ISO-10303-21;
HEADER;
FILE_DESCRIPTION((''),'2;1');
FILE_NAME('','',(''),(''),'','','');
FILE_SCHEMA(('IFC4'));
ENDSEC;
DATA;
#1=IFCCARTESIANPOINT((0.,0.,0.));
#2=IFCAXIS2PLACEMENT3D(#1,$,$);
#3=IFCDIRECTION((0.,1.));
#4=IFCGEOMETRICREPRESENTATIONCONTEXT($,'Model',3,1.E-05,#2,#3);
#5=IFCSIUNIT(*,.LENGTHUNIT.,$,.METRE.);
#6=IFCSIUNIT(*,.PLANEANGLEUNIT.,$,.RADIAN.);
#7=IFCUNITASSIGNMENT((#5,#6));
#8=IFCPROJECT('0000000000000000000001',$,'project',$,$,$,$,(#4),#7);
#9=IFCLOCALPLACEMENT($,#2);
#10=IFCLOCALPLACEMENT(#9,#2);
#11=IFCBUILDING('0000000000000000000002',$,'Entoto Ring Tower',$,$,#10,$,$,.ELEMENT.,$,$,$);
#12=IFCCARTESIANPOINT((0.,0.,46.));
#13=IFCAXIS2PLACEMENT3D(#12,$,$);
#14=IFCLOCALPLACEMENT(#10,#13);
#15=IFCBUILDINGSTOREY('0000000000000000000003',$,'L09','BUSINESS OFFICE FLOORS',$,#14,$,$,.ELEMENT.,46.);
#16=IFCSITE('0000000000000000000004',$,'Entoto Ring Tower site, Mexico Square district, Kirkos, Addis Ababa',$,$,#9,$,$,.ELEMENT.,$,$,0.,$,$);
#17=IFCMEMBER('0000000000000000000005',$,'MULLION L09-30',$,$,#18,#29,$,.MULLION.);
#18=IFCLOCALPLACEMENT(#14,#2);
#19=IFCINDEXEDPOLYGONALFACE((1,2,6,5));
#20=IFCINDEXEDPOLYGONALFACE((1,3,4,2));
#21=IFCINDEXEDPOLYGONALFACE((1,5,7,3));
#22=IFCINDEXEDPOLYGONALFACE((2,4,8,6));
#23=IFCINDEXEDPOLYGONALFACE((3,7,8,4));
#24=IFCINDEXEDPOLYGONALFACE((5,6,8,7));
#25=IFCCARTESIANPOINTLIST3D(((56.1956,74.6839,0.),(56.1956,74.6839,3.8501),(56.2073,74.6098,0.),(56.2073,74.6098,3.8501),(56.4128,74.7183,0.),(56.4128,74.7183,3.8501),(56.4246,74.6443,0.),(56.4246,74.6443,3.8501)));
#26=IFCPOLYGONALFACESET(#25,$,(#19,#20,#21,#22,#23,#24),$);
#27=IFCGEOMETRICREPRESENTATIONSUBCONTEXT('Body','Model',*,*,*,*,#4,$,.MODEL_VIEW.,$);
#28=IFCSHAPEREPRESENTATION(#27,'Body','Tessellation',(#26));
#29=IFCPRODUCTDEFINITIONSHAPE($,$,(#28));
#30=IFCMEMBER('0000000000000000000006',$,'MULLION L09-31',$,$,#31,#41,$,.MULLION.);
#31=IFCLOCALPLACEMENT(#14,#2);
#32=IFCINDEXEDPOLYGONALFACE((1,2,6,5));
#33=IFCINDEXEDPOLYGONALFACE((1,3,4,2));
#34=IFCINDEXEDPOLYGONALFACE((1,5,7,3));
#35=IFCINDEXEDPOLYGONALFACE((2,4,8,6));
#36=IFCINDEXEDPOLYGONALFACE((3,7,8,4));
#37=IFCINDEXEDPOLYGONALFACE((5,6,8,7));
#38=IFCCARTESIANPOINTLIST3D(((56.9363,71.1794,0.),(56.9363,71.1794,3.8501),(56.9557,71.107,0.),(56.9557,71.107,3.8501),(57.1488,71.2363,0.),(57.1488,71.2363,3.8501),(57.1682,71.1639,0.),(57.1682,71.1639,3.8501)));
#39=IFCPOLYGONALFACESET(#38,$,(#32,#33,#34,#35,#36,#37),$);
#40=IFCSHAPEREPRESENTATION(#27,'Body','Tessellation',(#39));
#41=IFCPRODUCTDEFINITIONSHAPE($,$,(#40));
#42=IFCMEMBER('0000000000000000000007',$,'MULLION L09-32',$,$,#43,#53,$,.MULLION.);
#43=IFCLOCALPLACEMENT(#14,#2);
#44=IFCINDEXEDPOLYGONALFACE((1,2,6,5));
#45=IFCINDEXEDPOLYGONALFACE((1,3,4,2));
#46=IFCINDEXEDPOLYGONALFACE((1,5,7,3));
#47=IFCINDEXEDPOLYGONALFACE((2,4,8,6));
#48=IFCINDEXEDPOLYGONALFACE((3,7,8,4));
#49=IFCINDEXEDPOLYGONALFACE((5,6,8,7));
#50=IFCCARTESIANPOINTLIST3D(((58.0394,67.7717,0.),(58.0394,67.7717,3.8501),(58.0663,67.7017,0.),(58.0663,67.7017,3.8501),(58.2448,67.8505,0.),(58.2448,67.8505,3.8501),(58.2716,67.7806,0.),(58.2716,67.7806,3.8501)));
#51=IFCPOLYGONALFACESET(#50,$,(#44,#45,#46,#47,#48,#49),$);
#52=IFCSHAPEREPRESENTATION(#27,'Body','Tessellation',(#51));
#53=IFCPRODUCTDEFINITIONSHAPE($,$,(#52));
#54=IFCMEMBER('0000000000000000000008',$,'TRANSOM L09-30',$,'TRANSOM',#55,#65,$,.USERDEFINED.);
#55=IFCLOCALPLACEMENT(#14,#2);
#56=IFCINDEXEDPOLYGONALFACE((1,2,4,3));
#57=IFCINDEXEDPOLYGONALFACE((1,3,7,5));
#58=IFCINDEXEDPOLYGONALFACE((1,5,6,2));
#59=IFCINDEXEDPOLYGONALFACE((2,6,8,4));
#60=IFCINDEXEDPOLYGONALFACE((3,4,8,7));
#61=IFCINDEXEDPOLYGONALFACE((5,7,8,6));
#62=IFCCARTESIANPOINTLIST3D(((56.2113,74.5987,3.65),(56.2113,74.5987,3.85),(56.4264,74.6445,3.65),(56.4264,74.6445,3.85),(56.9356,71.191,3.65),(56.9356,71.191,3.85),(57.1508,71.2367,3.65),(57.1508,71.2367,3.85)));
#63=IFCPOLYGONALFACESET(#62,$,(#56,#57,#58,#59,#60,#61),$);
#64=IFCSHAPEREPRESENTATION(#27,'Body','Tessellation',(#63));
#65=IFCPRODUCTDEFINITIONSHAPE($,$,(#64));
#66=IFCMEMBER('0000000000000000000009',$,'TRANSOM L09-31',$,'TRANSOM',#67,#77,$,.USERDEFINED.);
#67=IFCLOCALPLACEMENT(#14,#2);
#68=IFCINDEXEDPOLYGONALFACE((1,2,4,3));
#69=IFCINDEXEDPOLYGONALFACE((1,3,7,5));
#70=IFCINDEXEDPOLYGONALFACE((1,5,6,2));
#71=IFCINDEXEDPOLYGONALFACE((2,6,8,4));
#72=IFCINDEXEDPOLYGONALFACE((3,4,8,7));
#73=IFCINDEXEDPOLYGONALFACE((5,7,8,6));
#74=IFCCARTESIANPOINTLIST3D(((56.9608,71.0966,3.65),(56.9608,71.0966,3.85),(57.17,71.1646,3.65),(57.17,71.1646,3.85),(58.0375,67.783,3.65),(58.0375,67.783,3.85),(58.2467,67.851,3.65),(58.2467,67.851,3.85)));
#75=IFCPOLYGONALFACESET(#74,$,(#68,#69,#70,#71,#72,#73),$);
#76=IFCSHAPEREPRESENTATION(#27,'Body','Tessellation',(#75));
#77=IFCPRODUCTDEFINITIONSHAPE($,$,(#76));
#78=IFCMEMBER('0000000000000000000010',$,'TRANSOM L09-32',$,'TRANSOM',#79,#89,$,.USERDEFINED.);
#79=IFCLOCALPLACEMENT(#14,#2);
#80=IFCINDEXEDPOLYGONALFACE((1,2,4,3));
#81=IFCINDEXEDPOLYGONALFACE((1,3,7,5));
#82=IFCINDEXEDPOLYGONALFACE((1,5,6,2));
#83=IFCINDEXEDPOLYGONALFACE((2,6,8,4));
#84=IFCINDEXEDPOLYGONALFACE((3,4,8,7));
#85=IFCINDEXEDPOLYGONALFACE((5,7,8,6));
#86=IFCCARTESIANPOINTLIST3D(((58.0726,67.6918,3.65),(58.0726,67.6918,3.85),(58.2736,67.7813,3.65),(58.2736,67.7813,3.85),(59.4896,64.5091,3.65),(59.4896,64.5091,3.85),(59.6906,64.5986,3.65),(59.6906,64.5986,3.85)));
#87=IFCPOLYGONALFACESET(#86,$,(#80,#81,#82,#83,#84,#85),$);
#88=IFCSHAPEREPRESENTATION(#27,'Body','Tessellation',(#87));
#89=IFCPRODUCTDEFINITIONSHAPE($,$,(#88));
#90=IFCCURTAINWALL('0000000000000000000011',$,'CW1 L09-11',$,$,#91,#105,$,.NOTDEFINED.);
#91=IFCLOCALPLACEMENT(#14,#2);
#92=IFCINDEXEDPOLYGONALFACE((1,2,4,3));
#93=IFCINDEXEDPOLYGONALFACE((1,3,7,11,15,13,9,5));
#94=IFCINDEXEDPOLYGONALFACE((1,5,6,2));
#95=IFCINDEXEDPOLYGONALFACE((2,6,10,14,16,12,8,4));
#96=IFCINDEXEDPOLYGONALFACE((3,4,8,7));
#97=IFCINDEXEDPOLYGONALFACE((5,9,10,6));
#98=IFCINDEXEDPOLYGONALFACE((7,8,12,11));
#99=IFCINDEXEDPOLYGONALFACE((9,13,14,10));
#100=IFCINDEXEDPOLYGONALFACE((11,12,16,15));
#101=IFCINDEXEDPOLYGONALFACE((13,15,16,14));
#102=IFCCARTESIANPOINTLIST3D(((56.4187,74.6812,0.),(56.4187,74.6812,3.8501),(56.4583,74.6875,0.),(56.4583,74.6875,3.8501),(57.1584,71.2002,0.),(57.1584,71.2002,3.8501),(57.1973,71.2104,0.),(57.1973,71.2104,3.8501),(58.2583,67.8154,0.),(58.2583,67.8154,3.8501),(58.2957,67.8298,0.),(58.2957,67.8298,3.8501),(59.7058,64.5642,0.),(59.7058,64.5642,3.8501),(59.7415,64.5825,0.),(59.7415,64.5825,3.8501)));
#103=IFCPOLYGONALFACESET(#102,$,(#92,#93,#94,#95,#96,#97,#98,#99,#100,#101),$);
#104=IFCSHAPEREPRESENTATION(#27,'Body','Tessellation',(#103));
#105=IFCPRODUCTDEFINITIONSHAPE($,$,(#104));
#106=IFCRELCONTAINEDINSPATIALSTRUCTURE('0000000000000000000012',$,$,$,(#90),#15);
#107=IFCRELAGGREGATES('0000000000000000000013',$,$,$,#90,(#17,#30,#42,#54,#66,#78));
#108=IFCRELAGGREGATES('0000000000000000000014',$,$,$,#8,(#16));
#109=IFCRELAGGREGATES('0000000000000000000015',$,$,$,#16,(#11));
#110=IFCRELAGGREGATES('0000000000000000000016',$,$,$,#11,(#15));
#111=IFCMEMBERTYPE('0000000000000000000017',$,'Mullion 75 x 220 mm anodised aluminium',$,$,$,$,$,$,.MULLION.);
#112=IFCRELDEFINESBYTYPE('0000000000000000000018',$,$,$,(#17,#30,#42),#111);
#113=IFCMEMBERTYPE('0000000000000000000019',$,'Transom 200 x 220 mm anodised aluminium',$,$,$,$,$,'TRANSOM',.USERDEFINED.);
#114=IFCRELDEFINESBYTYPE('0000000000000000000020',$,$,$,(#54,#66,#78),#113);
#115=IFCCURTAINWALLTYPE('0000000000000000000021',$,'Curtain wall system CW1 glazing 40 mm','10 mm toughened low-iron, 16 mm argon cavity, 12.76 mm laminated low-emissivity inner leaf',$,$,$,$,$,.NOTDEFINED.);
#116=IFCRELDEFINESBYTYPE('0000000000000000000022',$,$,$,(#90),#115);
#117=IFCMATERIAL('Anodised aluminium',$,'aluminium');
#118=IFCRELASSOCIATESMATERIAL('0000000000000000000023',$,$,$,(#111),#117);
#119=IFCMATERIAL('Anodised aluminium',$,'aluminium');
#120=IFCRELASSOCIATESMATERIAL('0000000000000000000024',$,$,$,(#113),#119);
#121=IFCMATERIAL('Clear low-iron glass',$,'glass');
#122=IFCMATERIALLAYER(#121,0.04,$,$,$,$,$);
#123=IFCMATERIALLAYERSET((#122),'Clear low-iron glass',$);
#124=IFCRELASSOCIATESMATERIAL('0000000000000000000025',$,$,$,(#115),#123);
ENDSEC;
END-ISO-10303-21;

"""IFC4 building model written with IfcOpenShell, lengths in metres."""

from ifc_helpers import new_model, si_unit, direction, frame, origin, origin_2d, place, context, subcontext, project, spatial, polyline, rectangle, outline, extrude, material, layer, layer_set, material_profile, profile_set, type_object, element, aggregate, save


model = new_model("IFC4")

# Units and contexts
model_context = context("Model", 3, precision=1e-05, world=origin(), true_north=direction((0.0, 1.0)))
body_context = subcontext(model_context, "Body", "Model", "MODEL_VIEW")
ifc_project = project(units=[si_unit("LENGTHUNIT", "METRE"), si_unit("PLANEANGLEUNIT", "RADIAN")], contexts=[model_context])

# Members
ifc_material_1 = material(Name="Anodised aluminium", Category="aluminium")
ifc_material_profile_1 = material_profile(ifc_material_1, rectangle(XDim=0.075, YDim=0.22, at=origin_2d()), Name="Mullion 75 x 220 mm anodised aluminium")
ifc_profile_set_1 = profile_set([ifc_material_profile_1], Name="Anodised aluminium")
member_type_1 = type_object("IfcMemberType", Name="Mullion 75 x 220 mm anodised aluminium", PredefinedType="MULLION", material=ifc_profile_set_1)
site_placement = place(None, origin())
building_placement = place(site_placement, origin())
storey_placement = place(building_placement, frame((0.0, 0.0, 46.0)))
member_1_placement = place(storey_placement, frame((56.3101, 74.6641, 0.0), z_axis=(0.0, 0.0, 1.0), x_axis=(0.156434, -0.987688, 0.0)))
member_1 = element("IfcMember", 1, at=member_1_placement, type_object=member_type_1, Name="MULLION L09-30", PredefinedType="MULLION", context=body_context, shape_type="SweptSolid", body=[
    extrude(rectangle(XDim=0.075, YDim=0.22, at=origin_2d()), origin(), (0.0, 0.0, 1.0), 3.8501),
])
member_2_placement = place(storey_placement, frame((57.0522, 71.1716, 0.0), z_axis=(0.0, 0.0, 1.0), x_axis=(0.258819, -0.965926, 0.0)))
member_2 = element("IfcMember", 2, at=member_2_placement, type_object=member_type_1, Name="MULLION L09-31", PredefinedType="MULLION", context=body_context, shape_type="SweptSolid", body=[
    extrude(rectangle(XDim=0.075, YDim=0.22, at=origin_2d()), origin(), (0.0, 0.0, 1.0), 3.8501),
])
member_3_placement = place(storey_placement, frame((58.1555, 67.7761, 0.0), z_axis=(0.0, 0.0, 1.0), x_axis=(0.358368, -0.93358, 0.0)))
member_3 = element("IfcMember", 3, at=member_3_placement, type_object=member_type_1, Name="MULLION L09-32", PredefinedType="MULLION", context=body_context, shape_type="SweptSolid", body=[
    extrude(rectangle(XDim=0.075, YDim=0.22, at=origin_2d()), origin(), (0.0, 0.0, 1.0), 3.8501),
])
ifc_material_2 = material(Name="Anodised aluminium", Category="aluminium")
ifc_material_profile_2 = material_profile(ifc_material_2, rectangle(XDim=0.22, YDim=0.2, at=origin_2d()), Name="Transom 200 x 220 mm anodised aluminium")
ifc_profile_set_2 = profile_set([ifc_material_profile_2], Name="Anodised aluminium")
member_type_2 = type_object("IfcMemberType", Name="Transom 200 x 220 mm anodised aluminium", ElementType="TRANSOM", PredefinedType="USERDEFINED", material=ifc_profile_set_2)
member_4_placement = place(storey_placement, frame((56.3188, 74.6216, 3.75), z_axis=(0.207921, -0.978146, 0.0), x_axis=(0.978146, 0.207921, 0.0)))
member_4 = element("IfcMember", 4, at=member_4_placement, type_object=member_type_2, Name="TRANSOM L09-30", ObjectType="TRANSOM", PredefinedType="USERDEFINED", context=body_context, shape_type="SweptSolid", body=[
    extrude(rectangle(XDim=0.22, YDim=0.2, at=origin_2d()), origin(), (0.0, 0.0, 1.0), 3.4839),
])
member_5_placement = place(storey_placement, frame((57.0654, 71.1306, 3.75), z_axis=(0.309029, -0.951053, 0.0), x_axis=(0.951053, 0.309029, 0.0)))
member_5 = element("IfcMember", 5, at=member_5_placement, type_object=member_type_2, Name="TRANSOM L09-31", ObjectType="TRANSOM", PredefinedType="USERDEFINED", context=body_context, shape_type="SweptSolid", body=[
    extrude(rectangle(XDim=0.22, YDim=0.2, at=origin_2d()), origin(), (0.0, 0.0, 1.0), 3.4841),
])
member_6_placement = place(storey_placement, frame((58.1731, 67.7366, 3.75), z_axis=(0.406737, -0.913545, 0.0), x_axis=(0.913545, 0.406737, 0.0)))
member_6 = element("IfcMember", 6, at=member_6_placement, type_object=member_type_2, Name="TRANSOM L09-32", ObjectType="TRANSOM", PredefinedType="USERDEFINED", context=body_context, shape_type="SweptSolid", body=[
    extrude(rectangle(XDim=0.22, YDim=0.2, at=origin_2d()), origin(), (0.0, 0.0, 1.0), 3.4839),
])

# Site, building, storey
site = spatial("IfcSite", under=ifc_project, at=site_placement, Name="Entoto Ring Tower site, Mexico Square district, Kirkos, Addis Ababa", CompositionType="ELEMENT", RefElevation=0.0)
building = spatial("IfcBuilding", under=site, at=building_placement, Name="Entoto Ring Tower", CompositionType="ELEMENT")
storey = spatial("IfcBuildingStorey", under=building, at=storey_placement, Name="L09", Description="BUSINESS OFFICE FLOORS", CompositionType="ELEMENT", Elevation=46.0)

# Curtain wall
ifc_material_3 = material(Name="Clear low-iron glass", Category="glass")
ifc_layer = layer(ifc_material_3, 0.04)
ifc_layer_set = layer_set([ifc_layer], Name="Clear low-iron glass")
curtain_wall_type = type_object("IfcCurtainWallType", Name="Curtain wall system CW1 glazing 40 mm", Description="10 mm toughened low-iron, 16 mm argon cavity, 12.76 mm laminated low-emissivity inner leaf", PredefinedType="NOTDEFINED", material=ifc_layer_set)
curtain_wall_1_placement = place(storey_placement, origin())
curtain_wall_1 = element("IfcCurtainWall", 7, at=curtain_wall_1_placement, inside=storey, type_object=curtain_wall_type, Name="CW1 L09-11", PredefinedType="NOTDEFINED", context=body_context, shape_type="SweptSolid", body=[
    extrude(outline(polyline([(56.4187, 74.6812), (57.1584, 71.2002), (58.2583, 67.8154), (59.7058, 64.5642), (59.7415, 64.5825), (58.2957, 67.8298), (57.1973, 71.2104), (56.4583, 74.6875), (56.4187, 74.6812)])), origin(), (0.0, 0.0, 1.0), 3.8501),
])
aggregate(curtain_wall_1, [member_1, member_2, member_3, member_4, member_5, member_6])

save(model, "model.ifc")
